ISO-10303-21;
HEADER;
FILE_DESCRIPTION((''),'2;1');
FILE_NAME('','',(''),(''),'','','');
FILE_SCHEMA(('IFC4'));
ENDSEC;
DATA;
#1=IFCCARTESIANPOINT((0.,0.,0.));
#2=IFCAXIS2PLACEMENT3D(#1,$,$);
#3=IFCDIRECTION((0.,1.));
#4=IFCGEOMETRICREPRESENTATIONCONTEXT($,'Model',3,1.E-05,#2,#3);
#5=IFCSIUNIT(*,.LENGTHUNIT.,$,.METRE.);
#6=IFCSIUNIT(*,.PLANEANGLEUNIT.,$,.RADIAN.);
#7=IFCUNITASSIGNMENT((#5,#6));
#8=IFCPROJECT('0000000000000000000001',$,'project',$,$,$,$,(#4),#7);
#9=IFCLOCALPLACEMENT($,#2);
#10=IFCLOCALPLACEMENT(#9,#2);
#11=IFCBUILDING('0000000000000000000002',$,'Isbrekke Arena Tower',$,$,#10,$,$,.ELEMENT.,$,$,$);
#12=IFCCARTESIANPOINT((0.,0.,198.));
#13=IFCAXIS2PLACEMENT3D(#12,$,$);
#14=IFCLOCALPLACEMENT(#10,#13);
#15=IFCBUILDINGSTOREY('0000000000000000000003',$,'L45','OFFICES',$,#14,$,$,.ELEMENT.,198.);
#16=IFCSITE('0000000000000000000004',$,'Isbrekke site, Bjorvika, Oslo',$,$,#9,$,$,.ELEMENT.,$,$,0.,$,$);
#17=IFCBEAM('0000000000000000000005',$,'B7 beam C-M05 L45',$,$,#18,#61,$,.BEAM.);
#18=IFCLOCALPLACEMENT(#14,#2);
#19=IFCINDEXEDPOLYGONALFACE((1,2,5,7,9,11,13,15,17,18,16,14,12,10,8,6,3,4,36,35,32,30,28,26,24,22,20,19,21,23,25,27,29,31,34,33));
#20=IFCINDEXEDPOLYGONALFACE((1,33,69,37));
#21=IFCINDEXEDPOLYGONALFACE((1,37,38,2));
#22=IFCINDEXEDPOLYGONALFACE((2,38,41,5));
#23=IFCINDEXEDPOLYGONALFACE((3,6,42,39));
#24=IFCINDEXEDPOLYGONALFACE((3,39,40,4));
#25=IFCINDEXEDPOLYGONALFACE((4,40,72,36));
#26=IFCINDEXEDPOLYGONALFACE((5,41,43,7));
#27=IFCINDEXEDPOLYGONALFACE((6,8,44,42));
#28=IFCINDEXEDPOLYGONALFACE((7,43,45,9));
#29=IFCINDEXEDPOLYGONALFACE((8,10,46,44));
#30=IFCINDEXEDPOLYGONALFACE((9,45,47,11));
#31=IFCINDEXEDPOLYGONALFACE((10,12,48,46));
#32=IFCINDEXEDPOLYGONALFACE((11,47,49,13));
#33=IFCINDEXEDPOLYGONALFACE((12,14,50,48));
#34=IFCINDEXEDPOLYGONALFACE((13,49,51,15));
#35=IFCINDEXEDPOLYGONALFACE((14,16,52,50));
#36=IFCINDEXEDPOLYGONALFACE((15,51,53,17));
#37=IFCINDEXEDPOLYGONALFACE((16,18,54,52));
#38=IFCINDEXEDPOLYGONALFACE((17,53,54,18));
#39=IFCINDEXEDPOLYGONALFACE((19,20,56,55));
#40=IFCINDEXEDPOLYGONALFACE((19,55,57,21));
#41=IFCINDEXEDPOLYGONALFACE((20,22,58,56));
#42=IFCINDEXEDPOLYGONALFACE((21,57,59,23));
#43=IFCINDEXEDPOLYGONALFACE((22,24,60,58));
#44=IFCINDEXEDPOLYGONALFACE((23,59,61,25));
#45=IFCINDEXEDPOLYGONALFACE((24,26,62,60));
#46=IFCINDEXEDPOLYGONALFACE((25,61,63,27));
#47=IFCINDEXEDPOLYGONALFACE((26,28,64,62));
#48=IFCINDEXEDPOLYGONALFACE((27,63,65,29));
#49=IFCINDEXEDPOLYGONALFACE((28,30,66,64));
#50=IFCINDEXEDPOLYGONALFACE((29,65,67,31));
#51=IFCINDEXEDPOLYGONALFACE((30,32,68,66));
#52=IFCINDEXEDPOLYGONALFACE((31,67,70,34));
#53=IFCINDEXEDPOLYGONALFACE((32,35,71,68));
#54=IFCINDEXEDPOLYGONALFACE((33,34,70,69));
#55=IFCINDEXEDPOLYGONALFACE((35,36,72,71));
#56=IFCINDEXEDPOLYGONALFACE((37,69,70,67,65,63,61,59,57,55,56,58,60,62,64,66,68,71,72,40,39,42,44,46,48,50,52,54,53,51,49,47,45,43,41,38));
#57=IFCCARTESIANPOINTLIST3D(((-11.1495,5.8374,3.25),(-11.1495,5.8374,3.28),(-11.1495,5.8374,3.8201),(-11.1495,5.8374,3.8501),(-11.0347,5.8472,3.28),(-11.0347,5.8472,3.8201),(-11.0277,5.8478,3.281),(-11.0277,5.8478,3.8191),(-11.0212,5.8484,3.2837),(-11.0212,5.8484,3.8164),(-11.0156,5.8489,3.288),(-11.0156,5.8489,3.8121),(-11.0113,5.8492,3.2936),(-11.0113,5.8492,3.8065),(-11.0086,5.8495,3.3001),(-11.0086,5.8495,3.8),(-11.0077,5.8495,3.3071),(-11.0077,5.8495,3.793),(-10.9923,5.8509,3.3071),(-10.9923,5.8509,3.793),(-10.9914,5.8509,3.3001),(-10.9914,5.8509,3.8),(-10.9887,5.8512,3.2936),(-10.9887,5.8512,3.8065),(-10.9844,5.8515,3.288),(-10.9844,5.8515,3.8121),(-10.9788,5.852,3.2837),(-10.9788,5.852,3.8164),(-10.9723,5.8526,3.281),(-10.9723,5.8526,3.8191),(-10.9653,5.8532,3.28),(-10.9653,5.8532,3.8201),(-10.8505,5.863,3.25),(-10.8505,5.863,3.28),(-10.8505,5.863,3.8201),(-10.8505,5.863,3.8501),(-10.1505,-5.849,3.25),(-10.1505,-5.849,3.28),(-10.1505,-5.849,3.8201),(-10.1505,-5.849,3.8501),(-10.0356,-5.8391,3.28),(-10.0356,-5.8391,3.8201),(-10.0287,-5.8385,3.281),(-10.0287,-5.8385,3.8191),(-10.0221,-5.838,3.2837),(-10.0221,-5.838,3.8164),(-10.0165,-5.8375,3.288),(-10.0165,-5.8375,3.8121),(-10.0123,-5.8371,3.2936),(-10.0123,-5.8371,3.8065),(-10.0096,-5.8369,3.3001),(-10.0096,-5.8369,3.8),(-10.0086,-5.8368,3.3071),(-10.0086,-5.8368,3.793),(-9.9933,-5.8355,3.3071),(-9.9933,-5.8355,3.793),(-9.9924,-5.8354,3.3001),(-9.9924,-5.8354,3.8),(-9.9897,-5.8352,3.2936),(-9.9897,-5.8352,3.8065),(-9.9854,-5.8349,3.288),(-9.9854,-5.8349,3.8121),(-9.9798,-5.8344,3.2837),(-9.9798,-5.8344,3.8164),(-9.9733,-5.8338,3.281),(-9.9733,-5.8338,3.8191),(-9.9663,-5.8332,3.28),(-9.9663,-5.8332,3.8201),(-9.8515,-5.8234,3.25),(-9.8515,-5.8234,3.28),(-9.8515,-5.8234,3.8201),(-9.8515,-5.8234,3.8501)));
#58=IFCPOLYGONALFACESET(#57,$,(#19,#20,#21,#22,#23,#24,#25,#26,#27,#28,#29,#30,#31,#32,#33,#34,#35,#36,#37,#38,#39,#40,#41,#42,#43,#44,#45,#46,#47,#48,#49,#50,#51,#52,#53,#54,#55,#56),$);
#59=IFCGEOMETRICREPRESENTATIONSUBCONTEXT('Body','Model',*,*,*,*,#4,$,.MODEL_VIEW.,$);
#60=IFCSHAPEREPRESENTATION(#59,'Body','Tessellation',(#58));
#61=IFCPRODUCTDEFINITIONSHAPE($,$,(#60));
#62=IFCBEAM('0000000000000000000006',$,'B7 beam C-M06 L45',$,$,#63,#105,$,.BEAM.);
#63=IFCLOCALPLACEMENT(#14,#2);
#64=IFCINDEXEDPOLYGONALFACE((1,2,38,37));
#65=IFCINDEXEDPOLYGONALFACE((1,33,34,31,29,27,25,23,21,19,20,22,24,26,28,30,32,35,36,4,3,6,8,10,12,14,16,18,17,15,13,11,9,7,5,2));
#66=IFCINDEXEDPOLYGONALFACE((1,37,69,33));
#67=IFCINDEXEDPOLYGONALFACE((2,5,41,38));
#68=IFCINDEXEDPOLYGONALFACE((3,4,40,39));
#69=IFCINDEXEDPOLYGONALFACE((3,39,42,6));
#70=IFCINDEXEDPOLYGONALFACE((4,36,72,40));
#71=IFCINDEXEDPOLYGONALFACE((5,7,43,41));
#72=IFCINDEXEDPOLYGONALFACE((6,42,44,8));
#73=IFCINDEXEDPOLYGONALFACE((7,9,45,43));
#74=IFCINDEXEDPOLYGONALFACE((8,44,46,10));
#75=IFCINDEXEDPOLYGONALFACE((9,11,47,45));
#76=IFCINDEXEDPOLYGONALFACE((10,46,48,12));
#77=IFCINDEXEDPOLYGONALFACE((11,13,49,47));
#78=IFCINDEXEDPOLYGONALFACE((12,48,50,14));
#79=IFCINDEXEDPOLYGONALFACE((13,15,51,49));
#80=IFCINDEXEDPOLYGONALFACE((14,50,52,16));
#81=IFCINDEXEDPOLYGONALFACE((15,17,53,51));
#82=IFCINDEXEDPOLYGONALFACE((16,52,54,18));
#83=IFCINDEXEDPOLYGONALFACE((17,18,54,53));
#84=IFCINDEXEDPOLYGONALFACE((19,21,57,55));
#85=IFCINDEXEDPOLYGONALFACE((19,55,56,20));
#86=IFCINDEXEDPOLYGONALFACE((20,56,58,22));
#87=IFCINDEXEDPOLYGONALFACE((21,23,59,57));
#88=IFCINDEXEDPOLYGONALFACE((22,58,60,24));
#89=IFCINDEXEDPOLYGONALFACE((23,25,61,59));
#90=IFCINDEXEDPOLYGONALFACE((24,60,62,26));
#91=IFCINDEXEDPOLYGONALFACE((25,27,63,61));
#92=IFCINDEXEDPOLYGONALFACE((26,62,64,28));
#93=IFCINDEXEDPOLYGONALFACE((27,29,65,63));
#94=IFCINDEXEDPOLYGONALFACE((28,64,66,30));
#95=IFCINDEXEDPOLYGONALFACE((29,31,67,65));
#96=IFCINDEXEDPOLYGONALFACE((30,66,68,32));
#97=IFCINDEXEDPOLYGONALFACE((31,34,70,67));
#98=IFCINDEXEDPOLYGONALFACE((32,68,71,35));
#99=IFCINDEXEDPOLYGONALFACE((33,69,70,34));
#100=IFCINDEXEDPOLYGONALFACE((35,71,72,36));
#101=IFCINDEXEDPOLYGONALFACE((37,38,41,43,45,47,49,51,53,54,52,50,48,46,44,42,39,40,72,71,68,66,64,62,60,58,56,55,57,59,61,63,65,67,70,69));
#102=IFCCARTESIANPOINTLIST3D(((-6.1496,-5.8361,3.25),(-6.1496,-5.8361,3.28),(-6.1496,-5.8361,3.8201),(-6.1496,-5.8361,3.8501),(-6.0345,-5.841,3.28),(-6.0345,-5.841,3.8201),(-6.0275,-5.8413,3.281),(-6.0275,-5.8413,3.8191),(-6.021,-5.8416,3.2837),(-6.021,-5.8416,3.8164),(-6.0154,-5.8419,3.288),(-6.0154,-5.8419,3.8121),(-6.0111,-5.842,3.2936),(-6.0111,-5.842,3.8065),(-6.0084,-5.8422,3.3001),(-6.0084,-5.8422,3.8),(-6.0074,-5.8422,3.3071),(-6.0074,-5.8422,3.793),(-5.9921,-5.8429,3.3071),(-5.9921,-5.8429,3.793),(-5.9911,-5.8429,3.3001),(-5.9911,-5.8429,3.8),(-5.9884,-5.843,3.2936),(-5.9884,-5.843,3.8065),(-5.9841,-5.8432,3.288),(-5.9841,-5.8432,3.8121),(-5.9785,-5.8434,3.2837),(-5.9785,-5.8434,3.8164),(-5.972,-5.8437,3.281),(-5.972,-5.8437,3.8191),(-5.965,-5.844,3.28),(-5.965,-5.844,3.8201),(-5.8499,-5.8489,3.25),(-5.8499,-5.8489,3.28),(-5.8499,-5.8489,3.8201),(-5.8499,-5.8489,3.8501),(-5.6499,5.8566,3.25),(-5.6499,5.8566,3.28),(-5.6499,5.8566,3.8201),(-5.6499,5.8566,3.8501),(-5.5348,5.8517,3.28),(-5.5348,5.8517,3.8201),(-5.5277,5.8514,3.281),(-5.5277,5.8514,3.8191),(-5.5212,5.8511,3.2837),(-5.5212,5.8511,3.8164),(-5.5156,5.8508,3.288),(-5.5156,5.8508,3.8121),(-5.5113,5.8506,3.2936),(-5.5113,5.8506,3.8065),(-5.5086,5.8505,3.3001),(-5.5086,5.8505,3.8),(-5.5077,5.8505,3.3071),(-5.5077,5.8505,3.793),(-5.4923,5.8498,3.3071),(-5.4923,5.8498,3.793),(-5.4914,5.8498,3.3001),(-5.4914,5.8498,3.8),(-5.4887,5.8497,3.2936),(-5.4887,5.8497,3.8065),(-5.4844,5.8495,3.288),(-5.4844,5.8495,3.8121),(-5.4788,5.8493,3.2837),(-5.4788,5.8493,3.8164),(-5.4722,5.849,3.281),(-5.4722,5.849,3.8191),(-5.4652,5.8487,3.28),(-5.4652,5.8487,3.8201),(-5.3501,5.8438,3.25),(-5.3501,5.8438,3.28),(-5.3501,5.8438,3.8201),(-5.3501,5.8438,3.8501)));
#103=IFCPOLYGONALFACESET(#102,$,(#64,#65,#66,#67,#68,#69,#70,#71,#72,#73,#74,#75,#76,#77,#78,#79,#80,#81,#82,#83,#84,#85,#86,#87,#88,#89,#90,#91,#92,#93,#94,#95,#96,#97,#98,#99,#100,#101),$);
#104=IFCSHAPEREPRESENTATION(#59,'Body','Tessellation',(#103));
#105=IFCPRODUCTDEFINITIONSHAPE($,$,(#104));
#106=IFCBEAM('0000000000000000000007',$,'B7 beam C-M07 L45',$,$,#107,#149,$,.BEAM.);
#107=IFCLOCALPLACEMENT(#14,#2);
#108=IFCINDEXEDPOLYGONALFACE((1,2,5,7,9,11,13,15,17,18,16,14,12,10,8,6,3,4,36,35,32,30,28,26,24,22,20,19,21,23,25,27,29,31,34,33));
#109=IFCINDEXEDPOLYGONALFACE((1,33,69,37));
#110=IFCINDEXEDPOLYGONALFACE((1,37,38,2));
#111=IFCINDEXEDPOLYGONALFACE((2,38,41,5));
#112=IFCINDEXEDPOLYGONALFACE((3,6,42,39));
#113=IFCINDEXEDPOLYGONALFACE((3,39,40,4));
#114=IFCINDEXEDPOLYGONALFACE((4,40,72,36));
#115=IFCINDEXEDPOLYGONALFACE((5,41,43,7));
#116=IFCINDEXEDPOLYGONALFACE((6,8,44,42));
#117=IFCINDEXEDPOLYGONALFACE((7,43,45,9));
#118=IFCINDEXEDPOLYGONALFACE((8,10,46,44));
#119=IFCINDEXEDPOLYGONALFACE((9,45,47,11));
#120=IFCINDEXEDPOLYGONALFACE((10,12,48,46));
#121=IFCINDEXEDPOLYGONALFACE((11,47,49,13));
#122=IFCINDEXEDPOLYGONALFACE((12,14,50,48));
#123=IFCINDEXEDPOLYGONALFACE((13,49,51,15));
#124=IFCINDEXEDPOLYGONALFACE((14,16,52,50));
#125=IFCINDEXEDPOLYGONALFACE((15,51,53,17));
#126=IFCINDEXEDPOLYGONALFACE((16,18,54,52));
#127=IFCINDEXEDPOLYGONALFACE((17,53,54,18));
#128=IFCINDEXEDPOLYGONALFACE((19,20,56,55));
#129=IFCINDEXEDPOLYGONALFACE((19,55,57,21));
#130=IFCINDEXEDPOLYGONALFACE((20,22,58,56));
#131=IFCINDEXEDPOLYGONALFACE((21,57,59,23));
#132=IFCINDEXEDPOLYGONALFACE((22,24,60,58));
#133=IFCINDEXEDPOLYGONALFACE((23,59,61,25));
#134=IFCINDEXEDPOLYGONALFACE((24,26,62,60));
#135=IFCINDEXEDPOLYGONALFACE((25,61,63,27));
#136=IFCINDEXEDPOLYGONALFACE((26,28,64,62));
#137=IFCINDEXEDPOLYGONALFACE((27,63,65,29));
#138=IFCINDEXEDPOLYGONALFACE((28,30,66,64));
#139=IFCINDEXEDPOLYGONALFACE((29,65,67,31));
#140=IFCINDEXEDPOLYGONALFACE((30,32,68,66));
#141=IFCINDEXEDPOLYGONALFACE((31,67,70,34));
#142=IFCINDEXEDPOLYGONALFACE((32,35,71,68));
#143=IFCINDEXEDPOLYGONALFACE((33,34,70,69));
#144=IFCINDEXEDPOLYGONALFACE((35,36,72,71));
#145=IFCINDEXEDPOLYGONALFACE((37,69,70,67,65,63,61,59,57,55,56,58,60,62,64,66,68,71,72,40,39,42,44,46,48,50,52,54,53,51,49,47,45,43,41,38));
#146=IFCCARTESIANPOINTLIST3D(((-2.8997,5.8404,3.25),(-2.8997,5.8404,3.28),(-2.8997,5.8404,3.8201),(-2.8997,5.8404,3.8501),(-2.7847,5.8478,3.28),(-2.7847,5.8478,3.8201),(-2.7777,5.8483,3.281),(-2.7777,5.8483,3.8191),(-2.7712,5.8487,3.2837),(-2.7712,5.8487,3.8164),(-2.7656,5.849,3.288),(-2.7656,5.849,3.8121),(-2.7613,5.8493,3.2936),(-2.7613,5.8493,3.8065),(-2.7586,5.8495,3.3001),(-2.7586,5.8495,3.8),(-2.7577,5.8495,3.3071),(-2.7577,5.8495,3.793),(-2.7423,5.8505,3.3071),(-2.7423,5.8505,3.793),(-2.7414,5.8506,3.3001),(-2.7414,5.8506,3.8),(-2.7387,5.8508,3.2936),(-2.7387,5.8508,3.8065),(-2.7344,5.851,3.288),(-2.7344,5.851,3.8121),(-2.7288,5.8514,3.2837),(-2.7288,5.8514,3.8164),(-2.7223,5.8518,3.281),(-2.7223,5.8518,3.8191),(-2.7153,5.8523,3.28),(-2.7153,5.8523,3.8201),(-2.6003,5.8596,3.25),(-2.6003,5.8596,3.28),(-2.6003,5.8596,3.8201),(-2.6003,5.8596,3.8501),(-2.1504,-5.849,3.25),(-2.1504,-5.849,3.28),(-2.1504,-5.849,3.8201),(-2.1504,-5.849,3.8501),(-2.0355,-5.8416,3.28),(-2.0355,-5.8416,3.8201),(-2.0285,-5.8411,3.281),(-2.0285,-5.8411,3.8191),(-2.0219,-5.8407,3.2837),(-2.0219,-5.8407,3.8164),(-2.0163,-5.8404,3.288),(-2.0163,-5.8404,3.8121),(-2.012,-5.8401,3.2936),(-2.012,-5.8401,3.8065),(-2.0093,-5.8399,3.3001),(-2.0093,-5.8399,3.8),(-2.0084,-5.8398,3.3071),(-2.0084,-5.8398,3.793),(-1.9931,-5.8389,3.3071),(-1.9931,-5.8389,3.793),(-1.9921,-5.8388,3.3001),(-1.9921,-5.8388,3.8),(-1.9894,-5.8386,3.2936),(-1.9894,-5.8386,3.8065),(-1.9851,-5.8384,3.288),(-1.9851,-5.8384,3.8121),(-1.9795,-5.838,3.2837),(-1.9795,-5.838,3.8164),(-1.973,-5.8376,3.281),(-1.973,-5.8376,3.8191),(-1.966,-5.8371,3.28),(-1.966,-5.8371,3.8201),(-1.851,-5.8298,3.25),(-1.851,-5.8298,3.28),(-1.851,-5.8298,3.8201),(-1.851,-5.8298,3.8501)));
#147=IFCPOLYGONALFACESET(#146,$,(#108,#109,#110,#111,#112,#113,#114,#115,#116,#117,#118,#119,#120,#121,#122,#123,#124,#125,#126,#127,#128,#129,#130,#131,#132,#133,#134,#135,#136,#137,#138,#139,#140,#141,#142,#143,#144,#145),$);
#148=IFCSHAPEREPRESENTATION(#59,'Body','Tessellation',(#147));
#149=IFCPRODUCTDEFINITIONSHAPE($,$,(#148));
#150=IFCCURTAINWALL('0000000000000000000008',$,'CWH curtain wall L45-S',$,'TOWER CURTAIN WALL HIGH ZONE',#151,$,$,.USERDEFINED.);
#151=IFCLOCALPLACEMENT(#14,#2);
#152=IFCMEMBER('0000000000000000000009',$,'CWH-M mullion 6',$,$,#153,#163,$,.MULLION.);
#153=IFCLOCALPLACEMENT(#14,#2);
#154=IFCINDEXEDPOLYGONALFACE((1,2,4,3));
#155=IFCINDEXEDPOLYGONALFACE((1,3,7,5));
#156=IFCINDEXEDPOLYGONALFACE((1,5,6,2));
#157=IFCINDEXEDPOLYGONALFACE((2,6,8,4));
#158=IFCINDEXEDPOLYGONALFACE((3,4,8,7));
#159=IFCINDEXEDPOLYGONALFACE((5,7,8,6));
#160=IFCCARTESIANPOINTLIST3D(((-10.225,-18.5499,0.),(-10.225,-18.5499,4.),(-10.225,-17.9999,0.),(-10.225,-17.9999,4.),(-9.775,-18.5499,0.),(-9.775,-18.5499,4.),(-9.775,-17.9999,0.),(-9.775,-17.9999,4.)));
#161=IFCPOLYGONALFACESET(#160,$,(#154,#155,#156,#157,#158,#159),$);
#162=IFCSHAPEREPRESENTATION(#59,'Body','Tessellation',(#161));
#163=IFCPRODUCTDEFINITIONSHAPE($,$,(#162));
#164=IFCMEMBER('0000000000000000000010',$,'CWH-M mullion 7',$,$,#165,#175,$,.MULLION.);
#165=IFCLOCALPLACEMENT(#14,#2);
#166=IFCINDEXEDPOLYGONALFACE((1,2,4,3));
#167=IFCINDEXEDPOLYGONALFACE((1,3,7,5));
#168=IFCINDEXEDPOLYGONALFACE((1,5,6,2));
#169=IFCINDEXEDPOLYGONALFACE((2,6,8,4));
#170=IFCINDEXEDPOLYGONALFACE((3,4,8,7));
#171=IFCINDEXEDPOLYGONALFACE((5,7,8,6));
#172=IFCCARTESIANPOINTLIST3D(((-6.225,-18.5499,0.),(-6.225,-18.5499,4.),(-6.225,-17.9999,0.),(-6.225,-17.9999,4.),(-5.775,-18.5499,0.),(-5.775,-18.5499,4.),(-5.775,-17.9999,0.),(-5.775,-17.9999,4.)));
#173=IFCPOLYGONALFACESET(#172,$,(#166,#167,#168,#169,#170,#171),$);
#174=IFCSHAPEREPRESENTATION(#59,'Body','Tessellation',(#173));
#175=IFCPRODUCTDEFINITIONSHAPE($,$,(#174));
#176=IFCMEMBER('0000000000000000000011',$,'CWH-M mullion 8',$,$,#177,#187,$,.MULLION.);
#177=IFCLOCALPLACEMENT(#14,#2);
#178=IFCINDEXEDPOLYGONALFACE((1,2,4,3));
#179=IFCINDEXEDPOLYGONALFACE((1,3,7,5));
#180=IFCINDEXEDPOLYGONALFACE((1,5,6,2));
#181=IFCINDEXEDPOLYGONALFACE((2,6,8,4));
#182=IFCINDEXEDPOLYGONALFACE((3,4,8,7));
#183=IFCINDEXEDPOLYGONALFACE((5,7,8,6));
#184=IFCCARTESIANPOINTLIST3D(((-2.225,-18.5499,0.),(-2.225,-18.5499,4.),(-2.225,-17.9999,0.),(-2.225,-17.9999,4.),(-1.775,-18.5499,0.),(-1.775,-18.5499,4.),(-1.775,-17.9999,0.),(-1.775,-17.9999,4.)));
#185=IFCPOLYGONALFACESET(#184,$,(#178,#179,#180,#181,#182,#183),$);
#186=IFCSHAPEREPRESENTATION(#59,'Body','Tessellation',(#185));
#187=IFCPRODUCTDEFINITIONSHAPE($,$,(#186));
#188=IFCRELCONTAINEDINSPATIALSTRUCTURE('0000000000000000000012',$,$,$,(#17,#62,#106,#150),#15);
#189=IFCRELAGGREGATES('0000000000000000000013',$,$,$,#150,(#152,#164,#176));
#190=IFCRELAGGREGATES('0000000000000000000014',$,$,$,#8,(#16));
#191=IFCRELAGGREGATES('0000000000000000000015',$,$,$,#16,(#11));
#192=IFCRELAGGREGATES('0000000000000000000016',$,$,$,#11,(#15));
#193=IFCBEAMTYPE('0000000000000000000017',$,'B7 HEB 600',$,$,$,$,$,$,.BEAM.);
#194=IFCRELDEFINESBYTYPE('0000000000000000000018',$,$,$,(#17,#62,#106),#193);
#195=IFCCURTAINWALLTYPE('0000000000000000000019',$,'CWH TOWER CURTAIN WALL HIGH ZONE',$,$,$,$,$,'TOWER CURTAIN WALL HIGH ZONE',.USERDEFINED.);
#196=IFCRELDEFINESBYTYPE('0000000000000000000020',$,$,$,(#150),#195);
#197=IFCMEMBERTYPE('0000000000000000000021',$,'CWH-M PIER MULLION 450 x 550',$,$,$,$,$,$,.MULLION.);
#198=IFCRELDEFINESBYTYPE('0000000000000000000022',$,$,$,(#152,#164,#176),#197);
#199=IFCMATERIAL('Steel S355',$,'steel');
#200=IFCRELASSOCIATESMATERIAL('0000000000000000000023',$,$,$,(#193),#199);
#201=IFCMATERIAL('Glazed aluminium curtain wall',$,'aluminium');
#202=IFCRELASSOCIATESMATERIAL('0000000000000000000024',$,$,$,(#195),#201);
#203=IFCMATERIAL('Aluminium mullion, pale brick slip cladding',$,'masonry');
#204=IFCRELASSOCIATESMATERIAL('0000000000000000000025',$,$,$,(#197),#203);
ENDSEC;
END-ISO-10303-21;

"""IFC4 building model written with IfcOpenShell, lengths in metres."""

from ifc_helpers import new_model, si_unit, direction, frame, origin, origin_2d, place, context, subcontext, project, spatial, rectangle, i_section, extrude, material, material_profile, profile_set, type_object, element, aggregate, save


model = new_model("IFC4")

# Units and contexts
model_context = context("Model", 3, precision=1e-05, world=origin(), true_north=direction((0.0, 1.0)))
body_context = subcontext(model_context, "Body", "Model", "MODEL_VIEW")
ifc_project = project(units=[si_unit("LENGTHUNIT", "METRE"), si_unit("PLANEANGLEUNIT", "RADIAN")], contexts=[model_context])

# Site, building, storey
site_placement = place(None, origin())
site = spatial("IfcSite", under=ifc_project, at=site_placement, Name="Isbrekke site, Bjorvika, Oslo", CompositionType="ELEMENT", RefElevation=0.0)
building_placement = place(site_placement, origin())
building = spatial("IfcBuilding", under=site, at=building_placement, Name="Isbrekke Arena Tower", CompositionType="ELEMENT")
storey_placement = place(building_placement, frame((0.0, 0.0, 198.0)))
storey = spatial("IfcBuildingStorey", under=building, at=storey_placement, Name="L45", Description="OFFICES", CompositionType="ELEMENT", Elevation=198.0)

# Beams
ifc_material_1 = material(Name="Steel S355", Category="steel")
ifc_material_profile_1 = material_profile(ifc_material_1, i_section(OverallWidth=0.3, OverallDepth=0.6001, WebThickness=0.0154, FlangeThickness=0.03, FilletRadius=0.0271, at=origin_2d()), Name="HEB 600")
ifc_profile_set_1 = profile_set([ifc_material_profile_1], Name="Steel S355")
beam_type_1 = type_object("IfcBeamType", Name="B7 HEB 600", PredefinedType="BEAM", material=ifc_profile_set_1)
beam_1_placement = place(storey_placement, frame((-10.001, -5.8362, 3.55), z_axis=(-0.085176, 0.996366, 0.0), x_axis=(-0.996366, -0.085176, 0.0)))
element("IfcBeam", 1, at=beam_1_placement, inside=storey, type_object=beam_type_1, Name="B7 beam C-M05 L45", PredefinedType="BEAM", context=body_context, shape_type="SweptSolid", body=[
    extrude(i_section(OverallWidth=0.3, OverallDepth=0.6001, WebThickness=0.0154, FlangeThickness=0.03, FilletRadius=0.0271, at=origin_2d()), origin(), (0.0, 0.0, 1.0), 11.729),
])
beam_2_placement = place(storey_placement, frame((-5.9998, -5.8425, 3.55), z_axis=(0.042702, 0.999088, 0.0), x_axis=(-0.999088, 0.042702, 0.0)))
element("IfcBeam", 2, at=beam_2_placement, inside=storey, type_object=beam_type_1, Name="B7 beam C-M06 L45", PredefinedType="BEAM", context=body_context, shape_type="SweptSolid", body=[
    extrude(i_section(OverallWidth=0.3, OverallDepth=0.6001, WebThickness=0.0154, FlangeThickness=0.03, FilletRadius=0.0271, at=origin_2d()), origin(), (0.0, 0.0, 1.0), 11.7034),
])
beam_3_placement = place(storey_placement, frame((-2.0007, -5.8394, 3.55), z_axis=(-0.063966, 0.997952, 0.0), x_axis=(-0.997952, -0.063966, 0.0)))
element("IfcBeam", 3, at=beam_3_placement, inside=storey, type_object=beam_type_1, Name="B7 beam C-M07 L45", PredefinedType="BEAM", context=body_context, shape_type="SweptSolid", body=[
    extrude(i_section(OverallWidth=0.3, OverallDepth=0.6001, WebThickness=0.0154, FlangeThickness=0.03, FilletRadius=0.0271, at=origin_2d()), origin(), (0.0, 0.0, 1.0), 11.7134),
])

# Curtain wall, members
ifc_material_2 = material(Name="Glazed aluminium curtain wall", Category="aluminium")
curtain_wall_type = type_object("IfcCurtainWallType", Name="CWH TOWER CURTAIN WALL HIGH ZONE", ElementType="TOWER CURTAIN WALL HIGH ZONE", PredefinedType="USERDEFINED", material=ifc_material_2)
curtain_wall_placement = place(storey_placement, origin())
curtain_wall = element("IfcCurtainWall", 4, at=curtain_wall_placement, inside=storey, type_object=curtain_wall_type, Name="CWH curtain wall L45-S", ObjectType="TOWER CURTAIN WALL HIGH ZONE", PredefinedType="USERDEFINED")
ifc_material_3 = material(Name="Aluminium mullion, pale brick slip cladding", Category="masonry")
ifc_material_profile_2 = material_profile(ifc_material_3, rectangle(XDim=0.45, YDim=0.55, at=origin_2d()), Name="PIER 450X550")
ifc_profile_set_2 = profile_set([ifc_material_profile_2], Name="Aluminium mullion, pale brick slip cladding")
member_type_1 = type_object("IfcMemberType", Name="CWH-M PIER MULLION 450 x 550", PredefinedType="MULLION", material=ifc_profile_set_2)
member_1_placement = place(storey_placement, frame((-10.0, -18.2749, 0.0), z_axis=(0.0, 0.0, 1.0), x_axis=(1.0, 0.0, 0.0)))
member_1 = element("IfcMember", 5, at=member_1_placement, type_object=member_type_1, Name="CWH-M mullion 6", PredefinedType="MULLION", context=body_context, shape_type="SweptSolid", body=[
    extrude(rectangle(XDim=0.45, YDim=0.55, at=origin_2d()), origin(), (0.0, 0.0, 1.0), 4.0),
])
member_2_placement = place(storey_placement, frame((-6.0, -18.2749, 0.0), z_axis=(0.0, 0.0, 1.0), x_axis=(1.0, 0.0, 0.0)))
member_2 = element("IfcMember", 6, at=member_2_placement, type_object=member_type_1, Name="CWH-M mullion 7", PredefinedType="MULLION", context=body_context, shape_type="SweptSolid", body=[
    extrude(rectangle(XDim=0.45, YDim=0.55, at=origin_2d()), origin(), (0.0, 0.0, 1.0), 4.0),
])
member_3_placement = place(storey_placement, frame((-2.0, -18.2749, 0.0), z_axis=(0.0, 0.0, 1.0), x_axis=(1.0, 0.0, 0.0)))
member_3 = element("IfcMember", 7, at=member_3_placement, type_object=member_type_1, Name="CWH-M mullion 8", PredefinedType="MULLION", context=body_context, shape_type="SweptSolid", body=[
    extrude(rectangle(XDim=0.45, YDim=0.55, at=origin_2d()), origin(), (0.0, 0.0, 1.0), 4.0),
])

aggregate(curtain_wall, [member_1, member_2, member_3])

save(model, "model.ifc")
